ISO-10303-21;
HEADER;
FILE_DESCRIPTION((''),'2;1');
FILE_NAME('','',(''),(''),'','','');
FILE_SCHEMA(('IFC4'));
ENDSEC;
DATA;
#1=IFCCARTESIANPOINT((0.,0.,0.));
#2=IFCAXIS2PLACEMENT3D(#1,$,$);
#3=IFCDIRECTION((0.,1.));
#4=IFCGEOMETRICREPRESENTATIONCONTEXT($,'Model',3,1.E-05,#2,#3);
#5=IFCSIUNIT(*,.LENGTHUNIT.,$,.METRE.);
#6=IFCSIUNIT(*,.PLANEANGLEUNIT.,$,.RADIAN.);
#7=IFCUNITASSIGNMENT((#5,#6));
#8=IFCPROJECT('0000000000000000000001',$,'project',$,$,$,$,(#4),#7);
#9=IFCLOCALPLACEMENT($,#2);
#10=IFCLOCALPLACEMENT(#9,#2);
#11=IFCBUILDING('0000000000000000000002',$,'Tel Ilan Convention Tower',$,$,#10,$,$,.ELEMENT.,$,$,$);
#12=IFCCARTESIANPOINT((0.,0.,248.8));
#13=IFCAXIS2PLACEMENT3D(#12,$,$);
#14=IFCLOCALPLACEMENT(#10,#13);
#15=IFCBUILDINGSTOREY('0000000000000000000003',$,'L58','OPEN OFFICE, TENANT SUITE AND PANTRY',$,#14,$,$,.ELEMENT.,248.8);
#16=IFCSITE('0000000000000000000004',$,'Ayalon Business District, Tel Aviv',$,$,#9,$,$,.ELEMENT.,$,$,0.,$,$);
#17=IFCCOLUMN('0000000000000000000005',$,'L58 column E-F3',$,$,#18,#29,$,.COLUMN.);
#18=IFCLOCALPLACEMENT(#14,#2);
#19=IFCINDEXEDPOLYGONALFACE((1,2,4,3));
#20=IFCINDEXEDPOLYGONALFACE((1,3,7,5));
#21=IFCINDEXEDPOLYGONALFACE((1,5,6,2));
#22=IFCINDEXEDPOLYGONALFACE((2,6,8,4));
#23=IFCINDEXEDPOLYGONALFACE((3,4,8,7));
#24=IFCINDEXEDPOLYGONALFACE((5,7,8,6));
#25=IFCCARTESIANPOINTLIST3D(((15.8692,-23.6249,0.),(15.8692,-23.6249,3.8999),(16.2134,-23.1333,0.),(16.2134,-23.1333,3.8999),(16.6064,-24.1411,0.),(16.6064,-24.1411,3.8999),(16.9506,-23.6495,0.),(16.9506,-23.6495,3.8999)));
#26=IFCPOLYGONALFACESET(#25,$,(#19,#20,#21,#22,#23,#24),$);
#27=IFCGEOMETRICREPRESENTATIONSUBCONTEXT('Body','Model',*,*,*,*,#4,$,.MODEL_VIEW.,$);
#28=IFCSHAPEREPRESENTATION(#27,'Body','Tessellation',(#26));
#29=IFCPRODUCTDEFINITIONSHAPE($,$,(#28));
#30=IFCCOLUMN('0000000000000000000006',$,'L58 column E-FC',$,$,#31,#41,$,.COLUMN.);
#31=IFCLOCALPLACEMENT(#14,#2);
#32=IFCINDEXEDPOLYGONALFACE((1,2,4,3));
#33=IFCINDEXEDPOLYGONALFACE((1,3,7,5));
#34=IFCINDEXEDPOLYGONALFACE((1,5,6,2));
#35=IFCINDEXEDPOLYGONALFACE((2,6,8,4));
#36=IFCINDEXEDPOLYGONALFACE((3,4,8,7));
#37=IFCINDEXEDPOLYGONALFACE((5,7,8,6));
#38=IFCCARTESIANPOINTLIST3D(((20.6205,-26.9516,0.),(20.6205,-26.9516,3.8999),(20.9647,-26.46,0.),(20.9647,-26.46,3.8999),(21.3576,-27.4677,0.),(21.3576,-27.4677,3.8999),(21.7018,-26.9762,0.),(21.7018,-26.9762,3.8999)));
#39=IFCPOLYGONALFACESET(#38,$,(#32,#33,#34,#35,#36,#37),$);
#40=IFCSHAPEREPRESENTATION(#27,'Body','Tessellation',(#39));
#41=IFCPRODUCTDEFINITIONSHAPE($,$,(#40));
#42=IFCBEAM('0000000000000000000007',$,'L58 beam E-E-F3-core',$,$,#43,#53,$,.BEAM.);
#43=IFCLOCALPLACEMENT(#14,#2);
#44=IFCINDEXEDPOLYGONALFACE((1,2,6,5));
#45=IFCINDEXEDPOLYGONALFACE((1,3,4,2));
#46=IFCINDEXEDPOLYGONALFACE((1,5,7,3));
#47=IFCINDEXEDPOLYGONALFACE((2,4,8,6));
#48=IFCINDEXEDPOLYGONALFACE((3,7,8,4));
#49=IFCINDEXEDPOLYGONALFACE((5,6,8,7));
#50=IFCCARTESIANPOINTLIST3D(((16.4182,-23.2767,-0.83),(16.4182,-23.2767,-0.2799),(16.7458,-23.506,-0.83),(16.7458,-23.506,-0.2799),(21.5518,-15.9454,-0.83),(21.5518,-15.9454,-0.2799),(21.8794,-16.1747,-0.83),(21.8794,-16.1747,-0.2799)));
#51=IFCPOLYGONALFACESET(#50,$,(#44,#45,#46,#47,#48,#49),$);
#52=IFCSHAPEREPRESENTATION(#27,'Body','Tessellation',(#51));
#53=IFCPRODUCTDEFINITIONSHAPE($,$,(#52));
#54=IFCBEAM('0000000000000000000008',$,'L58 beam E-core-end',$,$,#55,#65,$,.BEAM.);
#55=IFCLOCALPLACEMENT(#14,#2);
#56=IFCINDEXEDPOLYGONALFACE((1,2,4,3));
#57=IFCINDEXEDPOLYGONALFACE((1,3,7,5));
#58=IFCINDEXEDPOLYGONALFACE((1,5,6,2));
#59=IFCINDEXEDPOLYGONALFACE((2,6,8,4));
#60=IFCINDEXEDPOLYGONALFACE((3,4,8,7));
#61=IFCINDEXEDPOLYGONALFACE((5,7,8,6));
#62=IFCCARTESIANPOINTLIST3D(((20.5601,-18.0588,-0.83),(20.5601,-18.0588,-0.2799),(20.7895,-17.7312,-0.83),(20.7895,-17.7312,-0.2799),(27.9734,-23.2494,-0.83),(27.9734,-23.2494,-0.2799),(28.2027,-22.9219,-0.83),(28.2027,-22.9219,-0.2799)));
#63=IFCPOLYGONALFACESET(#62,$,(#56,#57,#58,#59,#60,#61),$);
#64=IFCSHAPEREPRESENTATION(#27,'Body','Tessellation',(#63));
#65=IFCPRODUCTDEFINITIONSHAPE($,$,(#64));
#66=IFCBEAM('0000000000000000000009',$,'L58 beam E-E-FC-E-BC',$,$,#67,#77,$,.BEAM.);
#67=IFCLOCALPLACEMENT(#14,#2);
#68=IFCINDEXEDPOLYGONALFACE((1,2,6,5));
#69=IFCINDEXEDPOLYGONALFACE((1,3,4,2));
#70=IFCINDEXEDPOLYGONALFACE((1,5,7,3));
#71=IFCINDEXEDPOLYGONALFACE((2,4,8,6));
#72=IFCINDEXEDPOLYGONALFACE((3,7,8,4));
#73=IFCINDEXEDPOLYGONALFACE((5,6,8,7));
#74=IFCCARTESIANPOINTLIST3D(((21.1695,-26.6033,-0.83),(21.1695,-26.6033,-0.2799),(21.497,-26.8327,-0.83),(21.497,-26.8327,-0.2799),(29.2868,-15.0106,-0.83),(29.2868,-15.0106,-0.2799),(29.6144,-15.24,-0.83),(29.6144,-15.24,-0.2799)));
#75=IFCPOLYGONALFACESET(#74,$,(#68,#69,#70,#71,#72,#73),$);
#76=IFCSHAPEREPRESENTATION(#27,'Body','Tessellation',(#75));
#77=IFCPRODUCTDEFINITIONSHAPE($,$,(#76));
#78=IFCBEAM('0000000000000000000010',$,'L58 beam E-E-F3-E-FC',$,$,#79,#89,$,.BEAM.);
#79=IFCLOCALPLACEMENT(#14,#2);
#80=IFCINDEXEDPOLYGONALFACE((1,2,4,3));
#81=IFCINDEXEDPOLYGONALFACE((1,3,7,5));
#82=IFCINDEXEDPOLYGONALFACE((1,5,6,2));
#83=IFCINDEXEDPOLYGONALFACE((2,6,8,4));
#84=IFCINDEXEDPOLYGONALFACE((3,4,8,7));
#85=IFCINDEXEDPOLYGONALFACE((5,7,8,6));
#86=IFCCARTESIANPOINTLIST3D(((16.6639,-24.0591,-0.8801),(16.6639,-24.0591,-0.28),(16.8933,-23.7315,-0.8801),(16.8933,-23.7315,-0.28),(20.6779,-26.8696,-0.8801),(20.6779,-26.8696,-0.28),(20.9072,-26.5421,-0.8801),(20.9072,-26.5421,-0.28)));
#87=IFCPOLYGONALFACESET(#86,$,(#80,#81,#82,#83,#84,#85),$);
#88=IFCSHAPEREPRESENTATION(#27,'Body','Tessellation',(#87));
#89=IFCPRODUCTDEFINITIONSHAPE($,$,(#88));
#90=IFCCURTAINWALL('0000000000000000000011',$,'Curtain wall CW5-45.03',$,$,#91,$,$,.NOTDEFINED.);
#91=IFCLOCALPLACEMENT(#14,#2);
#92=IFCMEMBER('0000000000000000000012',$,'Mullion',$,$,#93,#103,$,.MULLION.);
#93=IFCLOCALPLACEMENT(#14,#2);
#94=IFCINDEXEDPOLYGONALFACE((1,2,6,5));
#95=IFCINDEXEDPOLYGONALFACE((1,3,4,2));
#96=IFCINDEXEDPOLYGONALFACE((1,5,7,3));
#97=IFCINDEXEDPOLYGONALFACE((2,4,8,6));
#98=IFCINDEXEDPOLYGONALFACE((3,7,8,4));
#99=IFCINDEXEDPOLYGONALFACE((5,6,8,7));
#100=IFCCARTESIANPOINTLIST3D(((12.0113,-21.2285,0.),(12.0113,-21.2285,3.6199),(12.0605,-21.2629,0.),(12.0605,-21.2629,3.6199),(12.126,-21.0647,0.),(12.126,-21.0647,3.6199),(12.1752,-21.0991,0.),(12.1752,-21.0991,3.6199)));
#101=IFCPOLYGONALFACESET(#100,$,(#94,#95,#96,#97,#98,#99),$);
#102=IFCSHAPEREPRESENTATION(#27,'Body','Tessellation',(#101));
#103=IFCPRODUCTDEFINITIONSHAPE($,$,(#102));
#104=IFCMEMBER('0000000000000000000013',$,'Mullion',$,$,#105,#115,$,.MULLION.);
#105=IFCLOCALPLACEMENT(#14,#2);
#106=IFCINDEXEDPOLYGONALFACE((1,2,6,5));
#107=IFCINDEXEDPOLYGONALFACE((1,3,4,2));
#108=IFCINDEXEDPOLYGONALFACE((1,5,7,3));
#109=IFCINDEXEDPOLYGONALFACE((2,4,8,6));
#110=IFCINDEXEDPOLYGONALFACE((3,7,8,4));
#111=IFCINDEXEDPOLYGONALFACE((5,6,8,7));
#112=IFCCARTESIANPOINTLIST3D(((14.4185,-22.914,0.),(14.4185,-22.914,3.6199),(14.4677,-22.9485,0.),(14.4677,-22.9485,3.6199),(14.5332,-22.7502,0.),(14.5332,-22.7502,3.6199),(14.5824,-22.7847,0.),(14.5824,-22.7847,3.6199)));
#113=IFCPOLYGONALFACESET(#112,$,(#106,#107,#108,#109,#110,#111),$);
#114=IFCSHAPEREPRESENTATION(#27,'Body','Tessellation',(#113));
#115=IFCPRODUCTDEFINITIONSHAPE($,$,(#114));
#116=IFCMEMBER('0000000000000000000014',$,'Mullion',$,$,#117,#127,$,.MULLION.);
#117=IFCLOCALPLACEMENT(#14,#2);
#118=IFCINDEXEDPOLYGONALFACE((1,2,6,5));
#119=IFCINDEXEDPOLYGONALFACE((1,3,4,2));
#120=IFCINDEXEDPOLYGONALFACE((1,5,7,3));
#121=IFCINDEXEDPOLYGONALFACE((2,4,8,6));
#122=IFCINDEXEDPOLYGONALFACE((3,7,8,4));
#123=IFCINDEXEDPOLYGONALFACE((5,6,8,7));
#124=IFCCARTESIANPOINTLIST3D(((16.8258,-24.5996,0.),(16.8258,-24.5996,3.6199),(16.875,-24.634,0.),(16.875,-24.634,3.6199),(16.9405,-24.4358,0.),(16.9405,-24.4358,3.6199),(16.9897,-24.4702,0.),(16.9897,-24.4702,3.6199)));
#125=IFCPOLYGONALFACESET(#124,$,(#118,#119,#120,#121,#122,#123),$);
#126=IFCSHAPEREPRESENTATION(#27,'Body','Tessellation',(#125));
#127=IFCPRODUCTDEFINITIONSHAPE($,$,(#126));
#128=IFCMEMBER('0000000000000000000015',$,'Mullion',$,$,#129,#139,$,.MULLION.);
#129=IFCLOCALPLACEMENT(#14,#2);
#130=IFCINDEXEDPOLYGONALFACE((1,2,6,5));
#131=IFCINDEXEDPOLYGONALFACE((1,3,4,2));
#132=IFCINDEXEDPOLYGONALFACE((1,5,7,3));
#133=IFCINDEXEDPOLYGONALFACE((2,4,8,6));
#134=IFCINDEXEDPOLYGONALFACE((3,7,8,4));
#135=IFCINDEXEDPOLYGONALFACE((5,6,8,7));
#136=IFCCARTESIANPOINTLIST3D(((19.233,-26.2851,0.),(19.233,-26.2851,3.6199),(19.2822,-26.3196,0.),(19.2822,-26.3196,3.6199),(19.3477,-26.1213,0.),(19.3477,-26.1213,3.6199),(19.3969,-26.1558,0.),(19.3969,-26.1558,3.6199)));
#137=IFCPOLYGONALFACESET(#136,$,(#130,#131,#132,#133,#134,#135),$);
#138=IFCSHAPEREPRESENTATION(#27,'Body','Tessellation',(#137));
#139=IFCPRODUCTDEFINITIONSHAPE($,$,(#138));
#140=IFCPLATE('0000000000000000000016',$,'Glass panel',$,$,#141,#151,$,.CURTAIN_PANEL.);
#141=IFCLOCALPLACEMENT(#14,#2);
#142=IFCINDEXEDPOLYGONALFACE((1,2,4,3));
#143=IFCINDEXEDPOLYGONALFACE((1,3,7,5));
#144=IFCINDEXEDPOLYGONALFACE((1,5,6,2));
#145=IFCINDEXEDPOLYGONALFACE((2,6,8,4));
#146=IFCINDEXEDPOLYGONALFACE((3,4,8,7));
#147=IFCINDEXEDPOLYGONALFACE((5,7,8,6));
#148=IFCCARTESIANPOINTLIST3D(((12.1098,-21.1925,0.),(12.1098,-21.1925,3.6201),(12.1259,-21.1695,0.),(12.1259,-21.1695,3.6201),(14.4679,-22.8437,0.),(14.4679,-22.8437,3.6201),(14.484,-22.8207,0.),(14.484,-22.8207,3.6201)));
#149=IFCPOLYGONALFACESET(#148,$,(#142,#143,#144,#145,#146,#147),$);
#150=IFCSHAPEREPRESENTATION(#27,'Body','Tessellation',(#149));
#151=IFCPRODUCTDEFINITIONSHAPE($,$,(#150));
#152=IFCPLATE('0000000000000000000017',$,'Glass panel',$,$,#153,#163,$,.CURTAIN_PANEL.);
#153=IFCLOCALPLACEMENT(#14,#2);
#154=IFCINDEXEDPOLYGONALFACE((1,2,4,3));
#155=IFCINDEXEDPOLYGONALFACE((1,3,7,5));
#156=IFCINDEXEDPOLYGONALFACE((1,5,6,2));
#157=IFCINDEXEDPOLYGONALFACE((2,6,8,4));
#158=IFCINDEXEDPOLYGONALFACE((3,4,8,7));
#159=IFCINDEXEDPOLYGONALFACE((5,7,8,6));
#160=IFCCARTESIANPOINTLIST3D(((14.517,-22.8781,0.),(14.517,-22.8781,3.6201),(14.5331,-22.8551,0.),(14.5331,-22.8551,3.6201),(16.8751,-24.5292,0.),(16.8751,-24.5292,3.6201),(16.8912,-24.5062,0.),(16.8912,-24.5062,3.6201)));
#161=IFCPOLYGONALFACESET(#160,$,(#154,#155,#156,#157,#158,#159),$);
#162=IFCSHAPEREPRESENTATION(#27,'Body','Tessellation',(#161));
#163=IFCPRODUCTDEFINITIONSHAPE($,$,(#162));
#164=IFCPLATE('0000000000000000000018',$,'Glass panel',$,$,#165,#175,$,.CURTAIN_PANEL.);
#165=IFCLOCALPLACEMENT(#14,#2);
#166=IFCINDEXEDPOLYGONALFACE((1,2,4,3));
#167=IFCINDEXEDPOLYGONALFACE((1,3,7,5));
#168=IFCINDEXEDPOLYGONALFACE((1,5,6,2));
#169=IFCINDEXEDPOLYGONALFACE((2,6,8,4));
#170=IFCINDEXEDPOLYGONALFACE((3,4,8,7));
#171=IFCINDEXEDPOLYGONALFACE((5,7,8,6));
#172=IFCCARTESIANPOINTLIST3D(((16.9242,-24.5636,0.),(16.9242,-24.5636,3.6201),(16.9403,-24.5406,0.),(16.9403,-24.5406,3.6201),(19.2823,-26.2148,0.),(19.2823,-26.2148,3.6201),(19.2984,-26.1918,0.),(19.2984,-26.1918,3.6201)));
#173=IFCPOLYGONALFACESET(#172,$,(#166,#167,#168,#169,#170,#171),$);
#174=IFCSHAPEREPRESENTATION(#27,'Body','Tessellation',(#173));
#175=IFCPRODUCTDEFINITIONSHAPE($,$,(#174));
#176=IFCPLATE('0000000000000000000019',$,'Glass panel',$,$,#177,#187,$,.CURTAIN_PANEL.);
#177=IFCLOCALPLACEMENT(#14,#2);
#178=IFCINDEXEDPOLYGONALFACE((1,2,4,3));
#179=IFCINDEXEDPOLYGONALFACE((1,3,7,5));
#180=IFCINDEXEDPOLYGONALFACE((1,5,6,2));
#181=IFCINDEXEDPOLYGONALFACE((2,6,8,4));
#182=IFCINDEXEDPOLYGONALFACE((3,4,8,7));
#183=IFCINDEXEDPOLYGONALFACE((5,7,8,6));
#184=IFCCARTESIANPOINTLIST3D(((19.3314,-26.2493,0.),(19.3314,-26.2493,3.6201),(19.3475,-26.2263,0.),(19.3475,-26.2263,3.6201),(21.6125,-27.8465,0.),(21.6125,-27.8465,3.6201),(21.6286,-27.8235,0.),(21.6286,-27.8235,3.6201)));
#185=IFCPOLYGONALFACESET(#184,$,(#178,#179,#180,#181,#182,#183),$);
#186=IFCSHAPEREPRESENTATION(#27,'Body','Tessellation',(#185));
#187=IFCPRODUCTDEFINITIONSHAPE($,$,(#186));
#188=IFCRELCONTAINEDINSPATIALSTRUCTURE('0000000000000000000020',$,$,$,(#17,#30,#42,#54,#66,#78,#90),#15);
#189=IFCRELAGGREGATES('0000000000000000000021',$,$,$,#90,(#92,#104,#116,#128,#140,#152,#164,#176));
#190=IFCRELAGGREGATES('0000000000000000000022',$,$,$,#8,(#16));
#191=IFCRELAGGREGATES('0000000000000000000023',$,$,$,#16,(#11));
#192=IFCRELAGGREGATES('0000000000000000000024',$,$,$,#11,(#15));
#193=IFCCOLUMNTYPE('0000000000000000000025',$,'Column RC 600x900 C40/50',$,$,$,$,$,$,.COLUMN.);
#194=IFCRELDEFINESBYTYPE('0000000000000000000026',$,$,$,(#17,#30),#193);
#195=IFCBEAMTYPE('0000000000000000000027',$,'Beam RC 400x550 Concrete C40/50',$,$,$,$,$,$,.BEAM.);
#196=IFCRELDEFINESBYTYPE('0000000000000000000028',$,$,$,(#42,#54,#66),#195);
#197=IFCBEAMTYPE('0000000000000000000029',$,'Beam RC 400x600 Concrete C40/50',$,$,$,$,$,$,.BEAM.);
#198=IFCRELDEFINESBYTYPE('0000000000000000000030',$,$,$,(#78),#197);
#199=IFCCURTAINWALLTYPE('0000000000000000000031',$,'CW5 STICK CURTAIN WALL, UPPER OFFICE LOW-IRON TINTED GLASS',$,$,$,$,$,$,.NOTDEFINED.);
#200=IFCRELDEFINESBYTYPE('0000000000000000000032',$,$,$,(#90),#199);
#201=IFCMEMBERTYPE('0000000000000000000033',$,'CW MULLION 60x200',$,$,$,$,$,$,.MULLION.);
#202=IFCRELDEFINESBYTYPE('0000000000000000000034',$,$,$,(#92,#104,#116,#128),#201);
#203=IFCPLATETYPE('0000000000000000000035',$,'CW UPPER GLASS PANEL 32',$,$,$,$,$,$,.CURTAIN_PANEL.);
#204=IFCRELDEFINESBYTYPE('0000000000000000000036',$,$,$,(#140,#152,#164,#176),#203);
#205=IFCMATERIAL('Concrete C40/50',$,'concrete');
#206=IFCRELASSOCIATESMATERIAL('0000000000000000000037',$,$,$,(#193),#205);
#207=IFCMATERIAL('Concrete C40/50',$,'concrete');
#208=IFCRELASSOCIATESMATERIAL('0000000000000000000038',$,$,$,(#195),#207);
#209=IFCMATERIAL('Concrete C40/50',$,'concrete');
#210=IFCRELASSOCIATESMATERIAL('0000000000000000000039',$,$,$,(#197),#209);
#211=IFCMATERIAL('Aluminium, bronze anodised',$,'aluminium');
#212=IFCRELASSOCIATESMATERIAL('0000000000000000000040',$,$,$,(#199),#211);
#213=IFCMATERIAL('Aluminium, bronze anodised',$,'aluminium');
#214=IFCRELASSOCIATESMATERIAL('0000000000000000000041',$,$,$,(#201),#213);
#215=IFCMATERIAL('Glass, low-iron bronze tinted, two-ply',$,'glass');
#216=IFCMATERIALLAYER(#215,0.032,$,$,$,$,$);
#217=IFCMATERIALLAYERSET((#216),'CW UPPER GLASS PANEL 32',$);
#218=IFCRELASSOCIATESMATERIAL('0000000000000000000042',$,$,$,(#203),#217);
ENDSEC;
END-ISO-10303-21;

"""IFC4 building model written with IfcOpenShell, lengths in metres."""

from ifc_helpers import new_model, si_unit, direction, frame, origin, origin_2d, place, context, subcontext, project, spatial, rectangle, extrude, material, layer, layer_set, material_profile, profile_set, type_object, element, aggregate, save


model = new_model("IFC4")

# Units and contexts
model_context = context("Model", 3, precision=1e-05, world=origin(), true_north=direction((0.0, 1.0)))
body_context = subcontext(model_context, "Body", "Model", "MODEL_VIEW")
ifc_project = project(units=[si_unit("LENGTHUNIT", "METRE"), si_unit("PLANEANGLEUNIT", "RADIAN")], contexts=[model_context])

# Site, building, storey
site_placement = place(None, origin())
site = spatial("IfcSite", under=ifc_project, at=site_placement, Name="Ayalon Business District, Tel Aviv", CompositionType="ELEMENT", RefElevation=0.0)
building_placement = place(site_placement, origin())
building = spatial("IfcBuilding", under=site, at=building_placement, Name="Tel Ilan Convention Tower", CompositionType="ELEMENT")
storey_placement = place(building_placement, frame((0.0, 0.0, 248.8)))
storey = spatial("IfcBuildingStorey", under=building, at=storey_placement, Name="L58", Description="OPEN OFFICE, TENANT SUITE AND PANTRY", CompositionType="ELEMENT", Elevation=248.8)

# Columns
ifc_material_1 = material(Name="Concrete C40/50", Category="concrete")
ifc_material_profile_1 = material_profile(ifc_material_1, rectangle(XDim=0.8999, YDim=0.6001, at=origin_2d()), Name="RC 600x900")
ifc_profile_set_1 = profile_set([ifc_material_profile_1], Name="Concrete C40/50")
column_type = type_object("IfcColumnType", Name="Column RC 600x900 C40/50", PredefinedType="COLUMN", material=ifc_profile_set_1)
for number, where, z_axis, x_axis, name in (
    (1, (16.4099, -23.6372, 0.0), (0.0, 0.0, 1.0), (0.819152, -0.573576, 0.0), "L58 column E-F3"),
    (2, (21.1611, -26.9639, 0.0), (0.0, 0.0, 1.0), (0.819152, -0.573576, 0.0), "L58 column E-FC"),
):
    element("IfcColumn", number, at=place(storey_placement, frame(where, z_axis=z_axis, x_axis=x_axis)), inside=storey, type_object=column_type, Name=name, PredefinedType="COLUMN", context=body_context, shape_type="SweptSolid", body=[
        extrude(rectangle(XDim=0.8999, YDim=0.6001, at=origin_2d()), origin(), (0.0, 0.0, 1.0), 3.8999),
    ])

# Beams
ifc_material_2 = material(Name="Concrete C40/50", Category="concrete")
ifc_material_profile_2 = material_profile(ifc_material_2, rectangle(XDim=0.3999, YDim=0.55, at=origin_2d()), Name="RC 400x550")
ifc_profile_set_2 = profile_set([ifc_material_profile_2], Name="Concrete C40/50")
beam_type_1 = type_object("IfcBeamType", Name="Beam RC 400x550 Concrete C40/50", PredefinedType="BEAM", material=ifc_profile_set_2)
beam_1_placement = place(storey_placement, frame((16.582, -23.3914, -0.5549), z_axis=(0.573585, 0.819146, 0.0), x_axis=(-0.819146, 0.573585, 0.0)))
element("IfcBeam", 3, at=beam_1_placement, inside=storey, type_object=beam_type_1, Name="L58 beam E-E-F3-core", PredefinedType="BEAM", context=body_context, shape_type="SweptSolid", body=[
    extrude(rectangle(XDim=0.3999, YDim=0.55, at=origin_2d()), origin(), (0.0, 0.0, 1.0), 8.95),
])
beam_2_placement = place(storey_placement, frame((20.6748, -17.895, -0.5549), z_axis=(0.819162, -0.573562, 0.0), x_axis=(0.573562, 0.819162, 0.0)))
element("IfcBeam", 4, at=beam_2_placement, inside=storey, type_object=beam_type_1, Name="L58 beam E-core-end", PredefinedType="BEAM", context=body_context, shape_type="SweptSolid", body=[
    extrude(rectangle(XDim=0.3999, YDim=0.55, at=origin_2d()), origin(), (0.0, 0.0, 1.0), 9.0498),
])
beam_3_placement = place(storey_placement, frame((21.3333, -26.718, -0.5549), z_axis=(0.57358, 0.819149, 0.0), x_axis=(-0.819149, 0.57358, 0.0)))
element("IfcBeam", 5, at=beam_3_placement, inside=storey, type_object=beam_type_1, Name="L58 beam E-E-FC-E-BC", PredefinedType="BEAM", context=body_context, shape_type="SweptSolid", body=[
    extrude(rectangle(XDim=0.3999, YDim=0.55, at=origin_2d()), origin(), (0.0, 0.0, 1.0), 14.1521),
])
ifc_material_3 = material(Name="Concrete C40/50", Category="concrete")
ifc_material_profile_3 = material_profile(ifc_material_3, rectangle(XDim=0.3999, YDim=0.6001, at=origin_2d()), Name="RC 400x600")
ifc_profile_set_3 = profile_set([ifc_material_profile_3], Name="Concrete C40/50")
beam_type_2 = type_object("IfcBeamType", Name="Beam RC 400x600 Concrete C40/50", PredefinedType="BEAM", material=ifc_profile_set_3)
beam_4_placement = place(storey_placement, frame((16.7786, -23.8953, -0.5801), z_axis=(0.819155, -0.573573, 0.0), x_axis=(0.573573, 0.819155, 0.0)))
element("IfcBeam", 6, at=beam_4_placement, inside=storey, type_object=beam_type_2, Name="L58 beam E-E-F3-E-FC", PredefinedType="BEAM", context=body_context, shape_type="SweptSolid", body=[
    extrude(rectangle(XDim=0.3999, YDim=0.6001, at=origin_2d()), origin(), (0.0, 0.0, 1.0), 4.9001),
])

# Curtain wall, members, plates
ifc_material_4 = material(Name="Aluminium, bronze anodised", Category="aluminium")
curtain_wall_type = type_object("IfcCurtainWallType", Name="CW5 STICK CURTAIN WALL, UPPER OFFICE LOW-IRON TINTED GLASS", PredefinedType="NOTDEFINED", material=ifc_material_4)
curtain_wall_placement = place(storey_placement, origin())
curtain_wall = element("IfcCurtainWall", 7, at=curtain_wall_placement, inside=storey, type_object=curtain_wall_type, Name="Curtain wall CW5-45.03", PredefinedType="NOTDEFINED")
ifc_material_5 = material(Name="Aluminium, bronze anodised", Category="aluminium")
ifc_material_profile_4 = material_profile(ifc_material_5, rectangle(XDim=0.0601, YDim=0.2, at=origin_2d()), Name="CW MULLION 60x200")
ifc_profile_set_4 = profile_set([ifc_material_profile_4], Name="Aluminium, bronze anodised")
member_type = type_object("IfcMemberType", Name="CW MULLION 60x200", PredefinedType="MULLION", material=ifc_profile_set_4)
member_1_placement = place(storey_placement, frame((12.0933, -21.1638, 0.0), z_axis=(0.0, 0.0, 1.0), x_axis=(0.819152, -0.573576, 0.0)))
member_1 = element("IfcMember", 8, at=member_1_placement, type_object=member_type, Name="Mullion", PredefinedType="MULLION", context=body_context, shape_type="SweptSolid", body=[
    extrude(rectangle(XDim=0.0601, YDim=0.2, at=origin_2d()), origin(), (0.0, 0.0, 1.0), 3.6199),
])
member_2_placement = place(storey_placement, frame((14.5005, -22.8494, 0.0), z_axis=(0.0, 0.0, 1.0), x_axis=(0.819152, -0.573576, 0.0)))
member_2 = element("IfcMember", 9, at=member_2_placement, type_object=member_type, Name="Mullion", PredefinedType="MULLION", context=body_context, shape_type="SweptSolid", body=[
    extrude(rectangle(XDim=0.0601, YDim=0.2, at=origin_2d()), origin(), (0.0, 0.0, 1.0), 3.6199),
])
member_3_placement = place(storey_placement, frame((16.9077, -24.5349, 0.0), z_axis=(0.0, 0.0, 1.0), x_axis=(0.819152, -0.573576, 0.0)))
member_3 = element("IfcMember", 10, at=member_3_placement, type_object=member_type, Name="Mullion", PredefinedType="MULLION", context=body_context, shape_type="SweptSolid", body=[
    extrude(rectangle(XDim=0.0601, YDim=0.2, at=origin_2d()), origin(), (0.0, 0.0, 1.0), 3.6199),
])
member_4_placement = place(storey_placement, frame((19.3149, -26.2205, 0.0), z_axis=(0.0, 0.0, 1.0), x_axis=(0.819152, -0.573576, 0.0)))
member_4 = element("IfcMember", 11, at=member_4_placement, type_object=member_type, Name="Mullion", PredefinedType="MULLION", context=body_context, shape_type="SweptSolid", body=[
    extrude(rectangle(XDim=0.0601, YDim=0.2, at=origin_2d()), origin(), (0.0, 0.0, 1.0), 3.6199),
])
ifc_material_6 = material(Name="Glass, low-iron bronze tinted, two-ply", Category="glass")
ifc_layer_1 = layer(ifc_material_6, 0.032)
ifc_layer_set_1 = layer_set([ifc_layer_1], Name="CW UPPER GLASS PANEL 32")
plate_type = type_object("IfcPlateType", Name="CW UPPER GLASS PANEL 32", PredefinedType="CURTAIN_PANEL", material=ifc_layer_set_1)
plate_1_placement = place(storey_placement, frame((13.2969, -22.0066, 0.0), z_axis=(0.0, 0.0, 1.0), x_axis=(0.819152, -0.573576, 0.0)))
plate_1 = element("IfcPlate", 12, at=plate_1_placement, type_object=plate_type, Name="Glass panel", PredefinedType="CURTAIN_PANEL", context=body_context, shape_type="SweptSolid", body=[
    extrude(rectangle(XDim=2.8787, YDim=0.0281, at=origin_2d()), origin(), (0.0, 0.0, 1.0), 3.6201),
])
plate_2_placement = place(storey_placement, frame((15.7041, -23.6921, 0.0), z_axis=(0.0, 0.0, 1.0), x_axis=(0.819152, -0.573576, 0.0)))
plate_2 = element("IfcPlate", 13, at=plate_2_placement, type_object=plate_type, Name="Glass panel", PredefinedType="CURTAIN_PANEL", context=body_context, shape_type="SweptSolid", body=[
    extrude(rectangle(XDim=2.8787, YDim=0.0281, at=origin_2d()), origin(), (0.0, 0.0, 1.0), 3.6201),
])
plate_3_placement = place(storey_placement, frame((18.1113, -25.3777, 0.0), z_axis=(0.0, 0.0, 1.0), x_axis=(0.819152, -0.573576, 0.0)))
plate_3 = element("IfcPlate", 14, at=plate_3_placement, type_object=plate_type, Name="Glass panel", PredefinedType="CURTAIN_PANEL", context=body_context, shape_type="SweptSolid", body=[
    extrude(rectangle(XDim=2.8787, YDim=0.0281, at=origin_2d()), origin(), (0.0, 0.0, 1.0), 3.6201),
])
plate_4_placement = place(storey_placement, frame((20.48, -27.0364, 0.0), z_axis=(0.0, 0.0, 1.0), x_axis=(0.819152, -0.573576, 0.0)))
plate_4 = element("IfcPlate", 15, at=plate_4_placement, type_object=plate_type, Name="Glass panel", PredefinedType="CURTAIN_PANEL", context=body_context, shape_type="SweptSolid", body=[
    extrude(rectangle(XDim=2.7847, YDim=0.0281, at=origin_2d()), origin(), (0.0, 0.0, 1.0), 3.6201),
])
aggregate(curtain_wall, [member_1, member_2, member_3, member_4, plate_1, plate_2, plate_3, plate_4])

save(model, "model.ifc")
